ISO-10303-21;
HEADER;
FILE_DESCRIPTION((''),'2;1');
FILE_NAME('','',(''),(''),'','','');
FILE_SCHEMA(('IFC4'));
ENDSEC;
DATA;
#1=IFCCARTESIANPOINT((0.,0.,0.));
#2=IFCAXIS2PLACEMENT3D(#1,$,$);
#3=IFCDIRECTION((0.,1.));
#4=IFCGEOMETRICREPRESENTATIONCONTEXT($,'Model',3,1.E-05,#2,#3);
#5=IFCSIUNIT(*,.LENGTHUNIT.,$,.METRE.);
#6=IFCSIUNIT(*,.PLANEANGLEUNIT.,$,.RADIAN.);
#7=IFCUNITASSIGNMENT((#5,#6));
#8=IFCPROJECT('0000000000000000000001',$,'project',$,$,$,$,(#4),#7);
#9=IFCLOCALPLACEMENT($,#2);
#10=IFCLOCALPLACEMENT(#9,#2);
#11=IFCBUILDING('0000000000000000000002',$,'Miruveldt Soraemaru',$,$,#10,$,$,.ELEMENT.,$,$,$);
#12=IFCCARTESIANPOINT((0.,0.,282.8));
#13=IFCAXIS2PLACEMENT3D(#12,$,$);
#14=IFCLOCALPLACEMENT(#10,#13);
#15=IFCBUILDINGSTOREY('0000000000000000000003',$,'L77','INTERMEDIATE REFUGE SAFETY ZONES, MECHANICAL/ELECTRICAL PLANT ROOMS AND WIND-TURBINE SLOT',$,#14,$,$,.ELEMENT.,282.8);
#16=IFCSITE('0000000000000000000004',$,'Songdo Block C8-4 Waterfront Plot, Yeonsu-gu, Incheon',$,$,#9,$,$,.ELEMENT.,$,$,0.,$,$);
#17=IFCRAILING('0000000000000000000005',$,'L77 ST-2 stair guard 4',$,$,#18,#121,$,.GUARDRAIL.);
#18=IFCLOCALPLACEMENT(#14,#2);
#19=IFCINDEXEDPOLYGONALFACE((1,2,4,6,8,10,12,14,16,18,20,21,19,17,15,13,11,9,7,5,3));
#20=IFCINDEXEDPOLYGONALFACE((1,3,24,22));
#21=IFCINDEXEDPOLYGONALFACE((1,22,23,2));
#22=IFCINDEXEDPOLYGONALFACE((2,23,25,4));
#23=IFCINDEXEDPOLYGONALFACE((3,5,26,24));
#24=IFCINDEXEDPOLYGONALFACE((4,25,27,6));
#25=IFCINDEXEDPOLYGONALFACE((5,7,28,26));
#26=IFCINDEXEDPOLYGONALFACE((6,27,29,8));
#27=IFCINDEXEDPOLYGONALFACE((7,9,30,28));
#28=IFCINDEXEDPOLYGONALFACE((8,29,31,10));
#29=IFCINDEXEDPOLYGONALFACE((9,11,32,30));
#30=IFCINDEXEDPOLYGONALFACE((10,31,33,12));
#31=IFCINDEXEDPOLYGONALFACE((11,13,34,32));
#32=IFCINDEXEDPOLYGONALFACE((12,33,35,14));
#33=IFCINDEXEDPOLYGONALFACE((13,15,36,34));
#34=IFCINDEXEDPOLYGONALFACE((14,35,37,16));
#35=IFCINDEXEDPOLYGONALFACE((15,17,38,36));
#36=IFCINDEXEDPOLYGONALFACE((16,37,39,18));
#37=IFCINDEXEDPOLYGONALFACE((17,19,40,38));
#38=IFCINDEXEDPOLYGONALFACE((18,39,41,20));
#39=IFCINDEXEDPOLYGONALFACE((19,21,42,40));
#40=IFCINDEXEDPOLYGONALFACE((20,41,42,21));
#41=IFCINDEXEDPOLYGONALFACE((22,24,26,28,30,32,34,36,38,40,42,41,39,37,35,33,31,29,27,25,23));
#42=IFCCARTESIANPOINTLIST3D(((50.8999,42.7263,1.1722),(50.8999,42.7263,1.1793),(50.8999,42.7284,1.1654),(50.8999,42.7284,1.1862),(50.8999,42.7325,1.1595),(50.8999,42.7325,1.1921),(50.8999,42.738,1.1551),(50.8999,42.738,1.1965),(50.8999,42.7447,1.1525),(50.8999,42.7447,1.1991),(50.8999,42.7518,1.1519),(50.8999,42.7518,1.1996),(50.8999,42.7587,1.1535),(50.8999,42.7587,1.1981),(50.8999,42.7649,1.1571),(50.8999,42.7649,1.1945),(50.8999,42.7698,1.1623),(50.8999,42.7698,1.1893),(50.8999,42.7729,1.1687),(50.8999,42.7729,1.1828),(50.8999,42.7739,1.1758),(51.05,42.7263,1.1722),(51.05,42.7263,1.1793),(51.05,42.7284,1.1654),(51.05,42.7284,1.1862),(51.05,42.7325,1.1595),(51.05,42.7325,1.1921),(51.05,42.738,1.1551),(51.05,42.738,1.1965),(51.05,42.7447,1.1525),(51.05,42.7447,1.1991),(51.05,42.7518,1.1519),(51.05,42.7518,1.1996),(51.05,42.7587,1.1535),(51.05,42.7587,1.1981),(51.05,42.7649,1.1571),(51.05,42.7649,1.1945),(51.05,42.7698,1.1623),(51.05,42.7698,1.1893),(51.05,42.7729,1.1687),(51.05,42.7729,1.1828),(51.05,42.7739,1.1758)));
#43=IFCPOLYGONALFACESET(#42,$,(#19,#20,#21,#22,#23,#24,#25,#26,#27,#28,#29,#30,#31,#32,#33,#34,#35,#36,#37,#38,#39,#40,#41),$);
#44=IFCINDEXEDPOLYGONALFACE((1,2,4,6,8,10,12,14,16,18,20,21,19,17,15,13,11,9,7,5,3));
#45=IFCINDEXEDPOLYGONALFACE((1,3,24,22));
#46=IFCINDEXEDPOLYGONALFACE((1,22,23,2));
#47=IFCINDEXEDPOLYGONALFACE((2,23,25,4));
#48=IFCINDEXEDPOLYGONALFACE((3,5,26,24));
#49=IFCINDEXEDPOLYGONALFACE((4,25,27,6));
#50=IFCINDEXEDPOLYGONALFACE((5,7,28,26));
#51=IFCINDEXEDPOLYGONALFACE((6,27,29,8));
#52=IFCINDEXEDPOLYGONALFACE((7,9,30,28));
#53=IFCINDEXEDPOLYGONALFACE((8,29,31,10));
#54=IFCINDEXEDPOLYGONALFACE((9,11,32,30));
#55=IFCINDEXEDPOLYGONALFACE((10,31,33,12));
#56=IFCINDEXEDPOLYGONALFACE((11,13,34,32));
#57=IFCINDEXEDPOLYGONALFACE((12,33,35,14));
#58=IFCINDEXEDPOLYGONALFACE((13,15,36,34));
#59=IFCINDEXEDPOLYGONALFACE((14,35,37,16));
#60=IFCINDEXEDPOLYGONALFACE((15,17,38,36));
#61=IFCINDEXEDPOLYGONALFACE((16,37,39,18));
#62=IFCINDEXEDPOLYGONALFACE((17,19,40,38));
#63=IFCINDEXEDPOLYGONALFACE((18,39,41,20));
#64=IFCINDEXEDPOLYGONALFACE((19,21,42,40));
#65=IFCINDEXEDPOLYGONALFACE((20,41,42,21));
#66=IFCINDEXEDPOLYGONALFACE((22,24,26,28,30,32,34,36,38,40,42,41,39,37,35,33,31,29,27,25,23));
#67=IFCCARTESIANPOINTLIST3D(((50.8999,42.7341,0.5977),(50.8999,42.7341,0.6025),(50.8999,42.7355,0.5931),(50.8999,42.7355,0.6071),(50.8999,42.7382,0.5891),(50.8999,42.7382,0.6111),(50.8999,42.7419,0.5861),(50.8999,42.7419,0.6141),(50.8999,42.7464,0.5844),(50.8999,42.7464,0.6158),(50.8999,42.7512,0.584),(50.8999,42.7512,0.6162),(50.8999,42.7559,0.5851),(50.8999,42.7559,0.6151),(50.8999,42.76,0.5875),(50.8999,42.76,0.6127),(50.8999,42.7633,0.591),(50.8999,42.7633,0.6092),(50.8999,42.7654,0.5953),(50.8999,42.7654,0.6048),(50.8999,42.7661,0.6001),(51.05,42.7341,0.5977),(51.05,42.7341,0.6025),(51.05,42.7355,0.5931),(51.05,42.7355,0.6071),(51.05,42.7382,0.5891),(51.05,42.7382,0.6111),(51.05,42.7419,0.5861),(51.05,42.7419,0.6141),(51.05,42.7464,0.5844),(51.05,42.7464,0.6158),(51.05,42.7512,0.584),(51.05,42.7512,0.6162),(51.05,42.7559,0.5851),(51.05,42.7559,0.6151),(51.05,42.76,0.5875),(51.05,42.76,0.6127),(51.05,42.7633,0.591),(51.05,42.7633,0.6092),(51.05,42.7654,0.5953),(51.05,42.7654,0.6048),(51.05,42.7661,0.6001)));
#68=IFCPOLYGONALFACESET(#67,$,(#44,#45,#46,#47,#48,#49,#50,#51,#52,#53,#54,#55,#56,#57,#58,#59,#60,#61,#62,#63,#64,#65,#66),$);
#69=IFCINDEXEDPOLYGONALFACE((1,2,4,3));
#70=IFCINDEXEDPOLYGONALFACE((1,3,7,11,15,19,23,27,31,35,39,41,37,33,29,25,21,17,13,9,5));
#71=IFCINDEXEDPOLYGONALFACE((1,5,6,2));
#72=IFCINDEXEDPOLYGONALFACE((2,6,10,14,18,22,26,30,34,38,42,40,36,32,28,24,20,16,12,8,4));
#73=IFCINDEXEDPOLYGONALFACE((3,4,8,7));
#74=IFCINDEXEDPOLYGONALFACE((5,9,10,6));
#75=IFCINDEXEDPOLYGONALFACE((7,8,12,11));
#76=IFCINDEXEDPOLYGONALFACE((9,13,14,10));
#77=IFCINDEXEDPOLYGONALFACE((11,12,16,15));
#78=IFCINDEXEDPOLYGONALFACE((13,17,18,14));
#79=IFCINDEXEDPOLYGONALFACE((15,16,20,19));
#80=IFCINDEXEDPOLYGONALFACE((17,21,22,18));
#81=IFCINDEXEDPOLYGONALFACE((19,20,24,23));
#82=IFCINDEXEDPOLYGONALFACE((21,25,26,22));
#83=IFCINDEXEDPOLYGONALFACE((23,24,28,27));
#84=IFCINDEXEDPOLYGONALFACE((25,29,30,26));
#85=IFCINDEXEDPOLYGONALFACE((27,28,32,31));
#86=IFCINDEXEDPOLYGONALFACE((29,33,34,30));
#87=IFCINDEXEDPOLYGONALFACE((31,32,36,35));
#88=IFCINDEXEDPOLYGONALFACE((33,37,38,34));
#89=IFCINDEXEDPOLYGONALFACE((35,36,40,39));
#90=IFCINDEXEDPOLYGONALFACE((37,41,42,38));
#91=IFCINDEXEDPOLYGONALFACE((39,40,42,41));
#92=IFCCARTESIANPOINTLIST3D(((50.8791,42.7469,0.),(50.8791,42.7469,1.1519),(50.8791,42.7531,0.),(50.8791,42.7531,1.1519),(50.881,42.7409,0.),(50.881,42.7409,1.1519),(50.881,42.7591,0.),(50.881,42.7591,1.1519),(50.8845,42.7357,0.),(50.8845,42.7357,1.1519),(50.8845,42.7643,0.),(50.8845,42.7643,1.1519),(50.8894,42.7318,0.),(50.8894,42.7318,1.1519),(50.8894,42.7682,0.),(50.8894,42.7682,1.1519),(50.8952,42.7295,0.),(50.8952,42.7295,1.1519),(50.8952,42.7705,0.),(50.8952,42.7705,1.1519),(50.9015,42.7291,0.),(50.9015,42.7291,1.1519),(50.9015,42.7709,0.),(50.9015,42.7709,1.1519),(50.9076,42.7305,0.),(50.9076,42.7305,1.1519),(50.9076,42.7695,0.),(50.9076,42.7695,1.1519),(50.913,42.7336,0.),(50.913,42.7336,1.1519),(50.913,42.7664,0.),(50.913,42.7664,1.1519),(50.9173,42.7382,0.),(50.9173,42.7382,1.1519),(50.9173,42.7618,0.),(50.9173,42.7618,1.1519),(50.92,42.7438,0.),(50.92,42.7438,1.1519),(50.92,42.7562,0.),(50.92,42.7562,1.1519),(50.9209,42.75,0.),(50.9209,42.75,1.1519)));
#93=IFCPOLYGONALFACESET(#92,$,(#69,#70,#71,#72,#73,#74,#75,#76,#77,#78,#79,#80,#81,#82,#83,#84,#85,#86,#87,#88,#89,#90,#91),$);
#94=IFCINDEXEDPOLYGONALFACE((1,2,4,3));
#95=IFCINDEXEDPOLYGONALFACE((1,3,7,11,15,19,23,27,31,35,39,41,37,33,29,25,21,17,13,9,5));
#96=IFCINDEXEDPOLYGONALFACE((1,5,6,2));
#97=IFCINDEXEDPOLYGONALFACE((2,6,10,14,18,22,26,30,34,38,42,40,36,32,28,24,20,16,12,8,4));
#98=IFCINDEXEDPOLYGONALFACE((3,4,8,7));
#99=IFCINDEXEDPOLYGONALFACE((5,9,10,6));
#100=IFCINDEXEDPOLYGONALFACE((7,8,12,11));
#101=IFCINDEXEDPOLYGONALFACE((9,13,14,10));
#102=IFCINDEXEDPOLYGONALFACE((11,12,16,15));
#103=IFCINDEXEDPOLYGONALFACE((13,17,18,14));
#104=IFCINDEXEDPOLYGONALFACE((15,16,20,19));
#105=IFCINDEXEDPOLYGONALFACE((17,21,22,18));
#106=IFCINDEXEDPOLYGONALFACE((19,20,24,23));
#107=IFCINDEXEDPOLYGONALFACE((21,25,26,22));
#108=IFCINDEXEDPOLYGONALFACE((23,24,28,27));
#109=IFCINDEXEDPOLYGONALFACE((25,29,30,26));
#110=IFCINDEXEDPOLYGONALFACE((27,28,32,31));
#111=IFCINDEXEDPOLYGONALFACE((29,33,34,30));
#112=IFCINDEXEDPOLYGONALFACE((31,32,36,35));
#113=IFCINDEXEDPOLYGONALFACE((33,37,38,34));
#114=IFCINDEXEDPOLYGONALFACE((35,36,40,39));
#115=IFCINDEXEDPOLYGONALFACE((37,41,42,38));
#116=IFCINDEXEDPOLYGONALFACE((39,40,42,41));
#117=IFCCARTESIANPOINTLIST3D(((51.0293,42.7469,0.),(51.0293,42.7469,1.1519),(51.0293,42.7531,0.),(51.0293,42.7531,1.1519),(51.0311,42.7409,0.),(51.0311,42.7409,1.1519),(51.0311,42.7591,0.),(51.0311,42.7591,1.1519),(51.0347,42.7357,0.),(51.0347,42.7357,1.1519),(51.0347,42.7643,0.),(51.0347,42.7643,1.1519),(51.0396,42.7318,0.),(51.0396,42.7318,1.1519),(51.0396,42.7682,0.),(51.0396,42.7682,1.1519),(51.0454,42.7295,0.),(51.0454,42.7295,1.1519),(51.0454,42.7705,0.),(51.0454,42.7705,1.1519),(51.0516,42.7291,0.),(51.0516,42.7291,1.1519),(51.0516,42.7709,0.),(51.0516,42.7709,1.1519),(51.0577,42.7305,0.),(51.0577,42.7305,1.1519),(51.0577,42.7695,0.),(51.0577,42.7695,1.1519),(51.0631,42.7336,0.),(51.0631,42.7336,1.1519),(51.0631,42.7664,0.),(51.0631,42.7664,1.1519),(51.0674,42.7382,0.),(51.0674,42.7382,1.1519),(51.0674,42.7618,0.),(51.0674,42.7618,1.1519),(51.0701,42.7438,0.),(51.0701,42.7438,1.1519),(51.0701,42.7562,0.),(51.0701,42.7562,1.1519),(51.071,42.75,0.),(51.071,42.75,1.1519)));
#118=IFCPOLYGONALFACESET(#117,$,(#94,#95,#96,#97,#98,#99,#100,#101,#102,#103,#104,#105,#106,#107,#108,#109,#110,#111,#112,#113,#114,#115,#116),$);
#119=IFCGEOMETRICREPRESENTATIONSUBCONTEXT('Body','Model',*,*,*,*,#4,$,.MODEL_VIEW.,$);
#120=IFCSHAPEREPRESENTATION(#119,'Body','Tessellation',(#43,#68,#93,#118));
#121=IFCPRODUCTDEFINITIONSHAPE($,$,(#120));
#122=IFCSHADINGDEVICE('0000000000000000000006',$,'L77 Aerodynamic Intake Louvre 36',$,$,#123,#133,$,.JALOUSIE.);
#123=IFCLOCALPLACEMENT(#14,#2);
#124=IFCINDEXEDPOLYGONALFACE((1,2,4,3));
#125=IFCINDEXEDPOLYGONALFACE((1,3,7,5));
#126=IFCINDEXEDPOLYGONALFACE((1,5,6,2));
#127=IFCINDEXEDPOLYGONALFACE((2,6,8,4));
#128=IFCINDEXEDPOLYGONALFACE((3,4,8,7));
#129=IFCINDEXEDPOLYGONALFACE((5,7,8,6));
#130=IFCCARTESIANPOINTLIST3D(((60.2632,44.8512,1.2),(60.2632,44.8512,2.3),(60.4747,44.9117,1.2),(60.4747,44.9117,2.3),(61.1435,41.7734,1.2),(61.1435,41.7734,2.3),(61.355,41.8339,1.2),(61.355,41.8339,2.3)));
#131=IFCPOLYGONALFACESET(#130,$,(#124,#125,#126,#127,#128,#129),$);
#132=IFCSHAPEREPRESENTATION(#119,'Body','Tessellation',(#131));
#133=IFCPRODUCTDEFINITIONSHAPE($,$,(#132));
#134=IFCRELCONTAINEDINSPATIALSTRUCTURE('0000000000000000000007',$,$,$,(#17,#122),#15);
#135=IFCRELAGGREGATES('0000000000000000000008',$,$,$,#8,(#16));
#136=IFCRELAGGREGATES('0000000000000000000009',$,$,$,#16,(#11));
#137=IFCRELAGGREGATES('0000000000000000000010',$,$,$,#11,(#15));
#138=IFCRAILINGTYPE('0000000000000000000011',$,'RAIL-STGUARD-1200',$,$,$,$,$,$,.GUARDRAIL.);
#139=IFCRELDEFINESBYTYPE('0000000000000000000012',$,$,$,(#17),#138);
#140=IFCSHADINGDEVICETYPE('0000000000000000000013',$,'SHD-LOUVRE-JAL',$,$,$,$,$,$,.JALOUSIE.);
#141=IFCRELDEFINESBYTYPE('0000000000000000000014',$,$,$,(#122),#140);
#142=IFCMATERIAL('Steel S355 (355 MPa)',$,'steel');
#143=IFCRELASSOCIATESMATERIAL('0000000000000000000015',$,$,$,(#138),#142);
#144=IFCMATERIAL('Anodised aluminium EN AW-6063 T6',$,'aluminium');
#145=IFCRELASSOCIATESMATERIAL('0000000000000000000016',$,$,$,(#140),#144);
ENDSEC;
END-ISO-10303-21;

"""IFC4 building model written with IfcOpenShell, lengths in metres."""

from ifc_helpers import new_model, si_unit, direction, frame, origin, origin_2d, place, context, subcontext, project, spatial, rectangle, circle, extrude, material, type_object, element, save


model = new_model("IFC4")

# Units and contexts
model_context = context("Model", 3, precision=1e-05, world=origin(), true_north=direction((0.0, 1.0)))
body_context = subcontext(model_context, "Body", "Model", "MODEL_VIEW")
ifc_project = project(units=[si_unit("LENGTHUNIT", "METRE"), si_unit("PLANEANGLEUNIT", "RADIAN")], contexts=[model_context])

# Site, building, storey
site_placement = place(None, origin())
site = spatial("IfcSite", under=ifc_project, at=site_placement, Name="Songdo Block C8-4 Waterfront Plot, Yeonsu-gu, Incheon", CompositionType="ELEMENT", RefElevation=0.0)
building_placement = place(site_placement, origin())
building = spatial("IfcBuilding", under=site, at=building_placement, Name="Miruveldt Soraemaru", CompositionType="ELEMENT")
storey_placement = place(building_placement, frame((0.0, 0.0, 282.8)))
storey = spatial("IfcBuildingStorey", under=building, at=storey_placement, Name="L77", Description="INTERMEDIATE REFUGE SAFETY ZONES, MECHANICAL/ELECTRICAL PLANT ROOMS AND WIND-TURBINE SLOT", CompositionType="ELEMENT", Elevation=282.8)

# Shared definitions
ifc_material_1 = material(Name="Anodised aluminium EN AW-6063 T6", Category="aluminium")

# Railing
ifc_material_2 = material(Name="Steel S355 (355 MPa)", Category="steel")
railing_type_1 = type_object("IfcRailingType", Name="RAIL-STGUARD-1200", PredefinedType="GUARDRAIL", material=ifc_material_2)
railing_1_placement = place(storey_placement, frame((50.8999, 42.75, 0.0)))
element("IfcRailing", 1, at=railing_1_placement, inside=storey, type_object=railing_type_1, Name="L77 ST-2 stair guard 4", PredefinedType="GUARDRAIL", context=body_context, shape_type="SweptSolid", body=[
    extrude(circle(Radius=0.0239, at=origin_2d()), frame((0.0, 0.0, 1.1758), z_axis=(1.0, 0.0, 0.0), x_axis=(0.0, 1.0, 0.0)), (0.0, 0.0, 1.0), 0.1501),
    extrude(circle(Radius=0.0161, at=origin_2d()), frame((0.0, 0.0, 0.6001), z_axis=(1.0, 0.0, 0.0), x_axis=(0.0, 1.0, 0.0)), (0.0, 0.0, 1.0), 0.1501),
    extrude(circle(Radius=0.021, at=origin_2d()), origin(), (0.0, 0.0, 1.0), 1.1519),
    extrude(circle(Radius=0.021, at=origin_2d()), frame((0.1501, 0.0, 0.0)), (0.0, 0.0, 1.0), 1.1519),
])

# Shading device
shading_device_type = type_object("IfcShadingDeviceType", Name="SHD-LOUVRE-JAL", PredefinedType="JALOUSIE", material=ifc_material_1)
shading_device_placement = place(storey_placement, frame((60.8091, 43.3425, 1.2), z_axis=(0.0, 0.0, 1.0), x_axis=(-0.274983, 0.961449, 0.0)))
element("IfcShadingDevice", 2, at=shading_device_placement, inside=storey, type_object=shading_device_type, Name="L77 Aerodynamic Intake Louvre 36", PredefinedType="JALOUSIE", context=body_context, shape_type="SweptSolid", body=[
    extrude(rectangle(XDim=3.2012, YDim=0.22, at=origin_2d()), origin(), (0.0, 0.0, 1.0), 1.1001),
])

save(model, "model.ifc")
